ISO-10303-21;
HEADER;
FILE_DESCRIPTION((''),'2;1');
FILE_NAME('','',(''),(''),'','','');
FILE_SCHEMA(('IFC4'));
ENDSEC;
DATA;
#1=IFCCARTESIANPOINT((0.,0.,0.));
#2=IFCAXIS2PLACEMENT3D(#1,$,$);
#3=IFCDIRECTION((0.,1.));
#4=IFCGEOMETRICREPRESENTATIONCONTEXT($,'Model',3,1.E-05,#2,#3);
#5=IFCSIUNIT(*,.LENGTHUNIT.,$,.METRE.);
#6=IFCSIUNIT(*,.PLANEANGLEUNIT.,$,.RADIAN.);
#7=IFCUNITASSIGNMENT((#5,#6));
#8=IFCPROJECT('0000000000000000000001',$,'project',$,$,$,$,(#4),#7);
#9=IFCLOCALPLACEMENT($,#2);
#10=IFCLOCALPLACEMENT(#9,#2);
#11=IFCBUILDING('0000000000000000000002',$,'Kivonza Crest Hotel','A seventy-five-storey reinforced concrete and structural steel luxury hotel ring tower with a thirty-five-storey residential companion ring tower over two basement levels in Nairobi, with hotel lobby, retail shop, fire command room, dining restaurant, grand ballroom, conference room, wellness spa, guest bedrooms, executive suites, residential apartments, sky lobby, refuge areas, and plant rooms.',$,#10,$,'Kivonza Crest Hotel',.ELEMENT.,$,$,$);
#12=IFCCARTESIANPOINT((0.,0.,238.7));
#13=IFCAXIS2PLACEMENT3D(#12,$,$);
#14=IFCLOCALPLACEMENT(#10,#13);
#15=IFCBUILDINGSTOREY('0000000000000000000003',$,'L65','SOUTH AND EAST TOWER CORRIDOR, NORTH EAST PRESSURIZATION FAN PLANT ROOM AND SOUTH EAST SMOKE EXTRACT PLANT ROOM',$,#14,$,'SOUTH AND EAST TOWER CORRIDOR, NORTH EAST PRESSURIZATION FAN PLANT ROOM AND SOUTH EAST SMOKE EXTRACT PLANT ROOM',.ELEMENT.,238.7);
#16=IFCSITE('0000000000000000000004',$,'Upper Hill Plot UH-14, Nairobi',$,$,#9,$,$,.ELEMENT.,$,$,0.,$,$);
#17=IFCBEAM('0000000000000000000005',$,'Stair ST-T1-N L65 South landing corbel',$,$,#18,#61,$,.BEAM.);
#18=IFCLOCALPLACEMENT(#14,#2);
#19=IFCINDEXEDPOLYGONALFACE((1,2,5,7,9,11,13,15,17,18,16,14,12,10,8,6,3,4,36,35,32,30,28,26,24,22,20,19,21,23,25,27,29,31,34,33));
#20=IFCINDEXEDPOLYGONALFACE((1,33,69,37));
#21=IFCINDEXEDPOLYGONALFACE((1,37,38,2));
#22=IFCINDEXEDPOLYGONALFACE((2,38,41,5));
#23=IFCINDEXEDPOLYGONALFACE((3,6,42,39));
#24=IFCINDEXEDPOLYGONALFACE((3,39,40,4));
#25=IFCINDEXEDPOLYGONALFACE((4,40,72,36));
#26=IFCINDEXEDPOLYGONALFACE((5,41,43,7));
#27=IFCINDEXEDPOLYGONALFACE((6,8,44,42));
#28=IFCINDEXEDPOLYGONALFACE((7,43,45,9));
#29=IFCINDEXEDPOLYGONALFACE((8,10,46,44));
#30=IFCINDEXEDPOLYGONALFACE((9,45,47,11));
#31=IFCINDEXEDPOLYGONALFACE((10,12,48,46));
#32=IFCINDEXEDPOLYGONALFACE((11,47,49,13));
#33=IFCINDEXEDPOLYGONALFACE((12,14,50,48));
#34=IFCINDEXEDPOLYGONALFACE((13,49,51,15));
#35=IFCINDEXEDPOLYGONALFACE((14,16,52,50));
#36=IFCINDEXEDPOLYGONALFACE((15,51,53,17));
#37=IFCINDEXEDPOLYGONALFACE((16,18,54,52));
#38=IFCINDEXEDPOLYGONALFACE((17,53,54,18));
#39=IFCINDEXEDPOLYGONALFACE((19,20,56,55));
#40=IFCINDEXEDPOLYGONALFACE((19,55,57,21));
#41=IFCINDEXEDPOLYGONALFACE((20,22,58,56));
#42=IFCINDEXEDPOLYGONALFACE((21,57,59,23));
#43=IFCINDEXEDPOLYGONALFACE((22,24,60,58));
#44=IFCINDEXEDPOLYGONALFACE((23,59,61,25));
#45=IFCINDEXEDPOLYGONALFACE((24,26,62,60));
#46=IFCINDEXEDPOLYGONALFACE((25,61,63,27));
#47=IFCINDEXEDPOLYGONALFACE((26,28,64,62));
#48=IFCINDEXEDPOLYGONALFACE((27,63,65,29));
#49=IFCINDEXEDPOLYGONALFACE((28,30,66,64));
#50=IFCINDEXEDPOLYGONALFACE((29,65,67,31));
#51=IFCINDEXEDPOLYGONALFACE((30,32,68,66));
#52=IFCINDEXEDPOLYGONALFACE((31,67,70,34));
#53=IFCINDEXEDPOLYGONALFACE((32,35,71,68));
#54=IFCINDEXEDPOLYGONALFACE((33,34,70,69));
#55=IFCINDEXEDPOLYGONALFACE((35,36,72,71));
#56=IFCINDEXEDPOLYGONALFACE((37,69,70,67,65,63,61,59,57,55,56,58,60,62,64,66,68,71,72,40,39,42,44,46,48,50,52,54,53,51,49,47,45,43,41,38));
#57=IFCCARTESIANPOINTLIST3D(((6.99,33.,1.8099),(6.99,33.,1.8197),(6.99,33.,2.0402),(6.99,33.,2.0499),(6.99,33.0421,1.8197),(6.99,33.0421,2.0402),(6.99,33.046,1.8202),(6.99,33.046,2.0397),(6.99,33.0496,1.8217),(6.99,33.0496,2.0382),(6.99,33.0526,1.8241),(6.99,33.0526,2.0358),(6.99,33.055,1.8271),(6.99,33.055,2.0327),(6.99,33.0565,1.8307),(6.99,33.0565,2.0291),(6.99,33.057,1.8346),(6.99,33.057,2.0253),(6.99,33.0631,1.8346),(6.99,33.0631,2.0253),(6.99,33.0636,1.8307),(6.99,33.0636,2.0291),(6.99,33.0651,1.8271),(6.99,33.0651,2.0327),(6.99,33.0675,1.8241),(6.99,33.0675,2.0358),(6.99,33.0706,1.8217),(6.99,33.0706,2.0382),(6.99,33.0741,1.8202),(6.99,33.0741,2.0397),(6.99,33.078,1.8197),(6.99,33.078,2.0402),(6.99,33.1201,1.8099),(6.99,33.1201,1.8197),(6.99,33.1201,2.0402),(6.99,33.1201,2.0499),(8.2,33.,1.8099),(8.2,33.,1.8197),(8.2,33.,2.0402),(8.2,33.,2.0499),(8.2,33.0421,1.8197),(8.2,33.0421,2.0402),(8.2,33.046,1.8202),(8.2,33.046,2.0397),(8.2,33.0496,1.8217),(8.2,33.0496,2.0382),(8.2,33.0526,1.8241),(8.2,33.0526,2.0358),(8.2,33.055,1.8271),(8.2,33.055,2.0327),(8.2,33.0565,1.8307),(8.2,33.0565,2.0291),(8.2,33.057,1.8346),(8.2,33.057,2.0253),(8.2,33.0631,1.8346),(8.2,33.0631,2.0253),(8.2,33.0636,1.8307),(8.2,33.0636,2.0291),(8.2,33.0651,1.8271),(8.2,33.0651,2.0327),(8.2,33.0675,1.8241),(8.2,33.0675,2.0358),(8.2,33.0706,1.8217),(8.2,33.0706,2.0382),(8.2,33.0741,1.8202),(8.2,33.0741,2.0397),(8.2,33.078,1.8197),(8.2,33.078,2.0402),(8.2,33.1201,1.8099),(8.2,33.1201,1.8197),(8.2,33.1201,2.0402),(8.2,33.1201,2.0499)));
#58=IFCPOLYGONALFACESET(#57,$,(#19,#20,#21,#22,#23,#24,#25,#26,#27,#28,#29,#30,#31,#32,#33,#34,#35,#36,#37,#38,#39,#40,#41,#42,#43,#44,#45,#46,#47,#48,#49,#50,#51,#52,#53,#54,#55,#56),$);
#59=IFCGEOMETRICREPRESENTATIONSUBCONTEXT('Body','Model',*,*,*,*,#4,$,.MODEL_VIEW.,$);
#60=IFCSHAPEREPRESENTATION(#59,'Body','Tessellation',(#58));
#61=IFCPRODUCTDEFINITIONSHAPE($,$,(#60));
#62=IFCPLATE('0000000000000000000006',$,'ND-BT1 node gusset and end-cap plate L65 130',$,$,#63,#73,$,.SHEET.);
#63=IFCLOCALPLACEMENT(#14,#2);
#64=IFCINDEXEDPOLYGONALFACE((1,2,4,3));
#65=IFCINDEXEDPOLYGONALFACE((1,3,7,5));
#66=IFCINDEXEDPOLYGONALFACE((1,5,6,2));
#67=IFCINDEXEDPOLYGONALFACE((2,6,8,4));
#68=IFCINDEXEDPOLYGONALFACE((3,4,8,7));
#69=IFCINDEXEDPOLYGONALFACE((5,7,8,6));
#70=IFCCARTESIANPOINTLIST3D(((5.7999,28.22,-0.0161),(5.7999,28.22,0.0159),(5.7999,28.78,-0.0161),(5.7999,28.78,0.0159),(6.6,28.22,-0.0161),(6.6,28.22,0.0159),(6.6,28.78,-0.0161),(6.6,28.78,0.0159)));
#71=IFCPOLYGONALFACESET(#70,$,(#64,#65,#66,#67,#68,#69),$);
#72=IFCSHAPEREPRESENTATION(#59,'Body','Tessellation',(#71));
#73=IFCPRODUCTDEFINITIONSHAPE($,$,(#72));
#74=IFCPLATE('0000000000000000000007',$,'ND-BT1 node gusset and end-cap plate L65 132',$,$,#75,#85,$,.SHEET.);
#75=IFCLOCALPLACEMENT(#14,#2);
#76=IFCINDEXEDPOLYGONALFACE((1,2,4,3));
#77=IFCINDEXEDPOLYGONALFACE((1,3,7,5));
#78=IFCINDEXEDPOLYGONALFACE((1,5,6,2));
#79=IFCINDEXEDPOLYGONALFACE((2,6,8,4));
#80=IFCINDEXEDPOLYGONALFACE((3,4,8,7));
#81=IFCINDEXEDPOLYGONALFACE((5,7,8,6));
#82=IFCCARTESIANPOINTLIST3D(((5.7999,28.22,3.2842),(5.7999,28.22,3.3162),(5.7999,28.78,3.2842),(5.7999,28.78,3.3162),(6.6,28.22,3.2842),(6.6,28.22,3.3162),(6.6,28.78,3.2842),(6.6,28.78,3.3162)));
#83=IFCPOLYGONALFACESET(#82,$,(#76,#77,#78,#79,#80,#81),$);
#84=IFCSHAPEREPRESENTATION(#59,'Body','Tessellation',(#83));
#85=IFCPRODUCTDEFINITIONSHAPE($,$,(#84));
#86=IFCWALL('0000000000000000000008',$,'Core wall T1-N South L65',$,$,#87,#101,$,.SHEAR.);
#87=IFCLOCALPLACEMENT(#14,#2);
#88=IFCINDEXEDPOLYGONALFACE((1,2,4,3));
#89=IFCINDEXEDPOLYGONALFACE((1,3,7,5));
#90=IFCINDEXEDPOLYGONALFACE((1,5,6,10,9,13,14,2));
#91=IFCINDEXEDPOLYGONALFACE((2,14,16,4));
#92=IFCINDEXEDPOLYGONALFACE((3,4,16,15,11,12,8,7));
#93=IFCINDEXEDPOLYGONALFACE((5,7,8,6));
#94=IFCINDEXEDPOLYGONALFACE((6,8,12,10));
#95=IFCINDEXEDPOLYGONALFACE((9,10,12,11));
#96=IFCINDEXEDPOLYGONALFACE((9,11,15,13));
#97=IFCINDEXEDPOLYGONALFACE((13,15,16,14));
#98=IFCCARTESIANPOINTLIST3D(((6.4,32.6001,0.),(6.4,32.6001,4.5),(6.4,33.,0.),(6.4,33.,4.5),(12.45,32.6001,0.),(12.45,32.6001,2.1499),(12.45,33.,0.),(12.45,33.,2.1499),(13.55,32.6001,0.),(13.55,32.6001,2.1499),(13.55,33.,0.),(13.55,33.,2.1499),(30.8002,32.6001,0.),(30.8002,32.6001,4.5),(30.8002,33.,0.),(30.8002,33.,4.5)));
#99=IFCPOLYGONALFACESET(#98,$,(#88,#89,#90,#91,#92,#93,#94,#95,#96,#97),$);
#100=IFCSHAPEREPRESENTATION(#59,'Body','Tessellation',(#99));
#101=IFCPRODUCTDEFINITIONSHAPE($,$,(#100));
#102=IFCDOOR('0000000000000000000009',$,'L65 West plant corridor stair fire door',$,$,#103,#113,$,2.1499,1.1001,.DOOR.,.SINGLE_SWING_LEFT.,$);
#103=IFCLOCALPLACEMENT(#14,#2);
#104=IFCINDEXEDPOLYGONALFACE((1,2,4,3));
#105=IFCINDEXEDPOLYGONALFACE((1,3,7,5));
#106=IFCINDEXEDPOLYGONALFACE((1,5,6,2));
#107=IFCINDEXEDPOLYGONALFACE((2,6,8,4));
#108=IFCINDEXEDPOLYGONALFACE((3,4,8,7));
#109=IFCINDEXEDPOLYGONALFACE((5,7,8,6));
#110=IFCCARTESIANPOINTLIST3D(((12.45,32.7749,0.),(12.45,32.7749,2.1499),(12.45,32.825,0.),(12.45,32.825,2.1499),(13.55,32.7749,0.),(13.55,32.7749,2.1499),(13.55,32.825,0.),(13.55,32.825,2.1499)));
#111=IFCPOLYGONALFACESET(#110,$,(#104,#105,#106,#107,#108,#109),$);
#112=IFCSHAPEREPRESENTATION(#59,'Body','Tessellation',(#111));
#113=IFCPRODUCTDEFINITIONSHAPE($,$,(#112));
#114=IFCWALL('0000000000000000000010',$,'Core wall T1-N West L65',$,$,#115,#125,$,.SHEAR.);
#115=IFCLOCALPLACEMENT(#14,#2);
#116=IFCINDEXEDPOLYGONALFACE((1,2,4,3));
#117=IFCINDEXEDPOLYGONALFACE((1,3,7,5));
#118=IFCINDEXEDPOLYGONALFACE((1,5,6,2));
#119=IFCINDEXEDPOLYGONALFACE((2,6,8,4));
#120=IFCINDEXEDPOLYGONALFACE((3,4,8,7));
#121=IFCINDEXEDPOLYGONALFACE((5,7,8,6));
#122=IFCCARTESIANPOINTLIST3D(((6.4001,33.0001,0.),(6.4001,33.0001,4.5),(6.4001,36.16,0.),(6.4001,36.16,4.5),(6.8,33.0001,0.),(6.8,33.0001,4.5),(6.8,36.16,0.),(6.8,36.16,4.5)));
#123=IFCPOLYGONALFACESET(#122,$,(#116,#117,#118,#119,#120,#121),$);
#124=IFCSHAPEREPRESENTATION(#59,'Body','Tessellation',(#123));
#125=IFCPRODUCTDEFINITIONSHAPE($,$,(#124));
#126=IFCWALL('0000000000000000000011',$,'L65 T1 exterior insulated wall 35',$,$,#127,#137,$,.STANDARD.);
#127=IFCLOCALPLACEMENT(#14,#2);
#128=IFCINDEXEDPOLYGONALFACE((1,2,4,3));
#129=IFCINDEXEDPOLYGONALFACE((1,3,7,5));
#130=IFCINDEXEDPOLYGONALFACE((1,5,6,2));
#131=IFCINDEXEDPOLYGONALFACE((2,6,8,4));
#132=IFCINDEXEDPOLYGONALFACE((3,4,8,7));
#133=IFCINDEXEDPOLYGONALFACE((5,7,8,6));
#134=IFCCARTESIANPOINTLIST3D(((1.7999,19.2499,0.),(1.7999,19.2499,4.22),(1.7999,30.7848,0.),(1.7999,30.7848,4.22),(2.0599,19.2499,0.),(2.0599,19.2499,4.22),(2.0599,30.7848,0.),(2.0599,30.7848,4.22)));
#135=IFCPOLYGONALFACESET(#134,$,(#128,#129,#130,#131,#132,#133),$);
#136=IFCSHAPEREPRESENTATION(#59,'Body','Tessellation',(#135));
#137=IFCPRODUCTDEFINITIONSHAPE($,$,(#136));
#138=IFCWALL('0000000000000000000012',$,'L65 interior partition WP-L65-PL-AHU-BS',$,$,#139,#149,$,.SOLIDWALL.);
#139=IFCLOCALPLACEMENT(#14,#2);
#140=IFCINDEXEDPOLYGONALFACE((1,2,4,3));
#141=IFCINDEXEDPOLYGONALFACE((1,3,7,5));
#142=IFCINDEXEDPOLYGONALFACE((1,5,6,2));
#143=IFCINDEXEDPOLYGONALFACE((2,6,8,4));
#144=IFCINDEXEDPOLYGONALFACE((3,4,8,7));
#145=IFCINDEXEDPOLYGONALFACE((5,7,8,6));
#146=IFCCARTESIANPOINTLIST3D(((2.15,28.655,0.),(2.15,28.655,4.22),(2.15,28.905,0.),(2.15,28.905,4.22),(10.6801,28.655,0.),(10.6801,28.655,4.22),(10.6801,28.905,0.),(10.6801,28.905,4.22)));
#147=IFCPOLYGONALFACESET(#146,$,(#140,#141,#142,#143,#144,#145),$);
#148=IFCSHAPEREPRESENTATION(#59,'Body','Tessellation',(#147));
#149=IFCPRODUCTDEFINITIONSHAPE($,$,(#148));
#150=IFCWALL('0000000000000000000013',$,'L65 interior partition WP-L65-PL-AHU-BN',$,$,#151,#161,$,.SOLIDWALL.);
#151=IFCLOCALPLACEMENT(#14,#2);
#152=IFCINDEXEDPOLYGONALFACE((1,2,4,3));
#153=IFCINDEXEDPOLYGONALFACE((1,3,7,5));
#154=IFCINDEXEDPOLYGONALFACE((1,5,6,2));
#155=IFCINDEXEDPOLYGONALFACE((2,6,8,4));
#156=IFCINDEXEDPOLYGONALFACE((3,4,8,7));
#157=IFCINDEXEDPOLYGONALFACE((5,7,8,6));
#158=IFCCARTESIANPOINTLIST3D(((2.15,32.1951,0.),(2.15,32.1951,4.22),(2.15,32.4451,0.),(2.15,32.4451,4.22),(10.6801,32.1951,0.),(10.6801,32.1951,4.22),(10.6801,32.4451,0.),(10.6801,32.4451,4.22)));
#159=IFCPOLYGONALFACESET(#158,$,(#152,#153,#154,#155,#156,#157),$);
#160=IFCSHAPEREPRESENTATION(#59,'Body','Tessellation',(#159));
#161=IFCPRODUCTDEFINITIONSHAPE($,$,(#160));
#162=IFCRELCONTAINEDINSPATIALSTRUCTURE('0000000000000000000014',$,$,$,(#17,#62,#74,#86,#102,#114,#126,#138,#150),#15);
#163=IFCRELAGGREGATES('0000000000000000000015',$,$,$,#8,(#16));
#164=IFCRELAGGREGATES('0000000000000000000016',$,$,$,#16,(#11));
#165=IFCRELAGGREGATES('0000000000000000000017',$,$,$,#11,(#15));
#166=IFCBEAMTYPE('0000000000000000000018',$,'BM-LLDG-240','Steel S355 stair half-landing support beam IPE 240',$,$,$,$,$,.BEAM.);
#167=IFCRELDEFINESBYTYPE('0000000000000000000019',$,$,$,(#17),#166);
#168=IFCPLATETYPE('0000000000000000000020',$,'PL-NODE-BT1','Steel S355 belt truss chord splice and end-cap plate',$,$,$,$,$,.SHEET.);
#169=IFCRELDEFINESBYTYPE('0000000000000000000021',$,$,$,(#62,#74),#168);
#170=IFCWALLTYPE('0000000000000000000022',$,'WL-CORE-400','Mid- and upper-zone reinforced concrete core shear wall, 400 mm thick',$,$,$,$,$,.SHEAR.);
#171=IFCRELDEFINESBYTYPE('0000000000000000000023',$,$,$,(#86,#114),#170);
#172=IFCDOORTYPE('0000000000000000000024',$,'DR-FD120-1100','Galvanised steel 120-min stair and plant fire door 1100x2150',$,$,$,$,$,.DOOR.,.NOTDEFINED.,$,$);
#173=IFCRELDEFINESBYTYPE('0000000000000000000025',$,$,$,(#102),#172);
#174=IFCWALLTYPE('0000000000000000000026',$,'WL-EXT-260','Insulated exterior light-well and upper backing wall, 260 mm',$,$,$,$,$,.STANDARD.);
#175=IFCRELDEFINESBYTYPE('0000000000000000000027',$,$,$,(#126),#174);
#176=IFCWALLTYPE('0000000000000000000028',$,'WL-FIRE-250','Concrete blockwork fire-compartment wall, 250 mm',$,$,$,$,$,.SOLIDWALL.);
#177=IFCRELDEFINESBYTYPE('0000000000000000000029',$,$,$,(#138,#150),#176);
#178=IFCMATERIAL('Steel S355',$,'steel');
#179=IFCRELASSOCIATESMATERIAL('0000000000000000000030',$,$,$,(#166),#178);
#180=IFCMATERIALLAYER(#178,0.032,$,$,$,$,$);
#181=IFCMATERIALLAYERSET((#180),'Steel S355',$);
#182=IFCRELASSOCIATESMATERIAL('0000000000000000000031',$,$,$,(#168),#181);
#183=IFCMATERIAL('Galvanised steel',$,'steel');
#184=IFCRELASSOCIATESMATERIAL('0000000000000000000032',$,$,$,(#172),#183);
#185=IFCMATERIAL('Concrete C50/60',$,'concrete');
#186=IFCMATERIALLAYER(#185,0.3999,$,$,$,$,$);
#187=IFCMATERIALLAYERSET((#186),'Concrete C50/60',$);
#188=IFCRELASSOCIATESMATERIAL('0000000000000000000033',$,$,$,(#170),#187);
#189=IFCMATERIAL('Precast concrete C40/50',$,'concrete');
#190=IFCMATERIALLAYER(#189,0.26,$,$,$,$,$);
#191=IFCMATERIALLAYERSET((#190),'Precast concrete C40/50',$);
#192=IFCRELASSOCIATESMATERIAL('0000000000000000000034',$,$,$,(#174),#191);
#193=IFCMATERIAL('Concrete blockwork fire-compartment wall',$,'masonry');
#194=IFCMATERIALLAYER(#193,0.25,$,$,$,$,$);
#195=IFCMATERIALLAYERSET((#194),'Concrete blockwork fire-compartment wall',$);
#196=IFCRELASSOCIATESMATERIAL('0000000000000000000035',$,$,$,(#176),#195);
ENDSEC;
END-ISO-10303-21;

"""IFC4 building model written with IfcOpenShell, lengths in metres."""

from ifc_helpers import new_model, si_unit, direction, frame, frame_2d, origin, origin_2d, place, context, subcontext, project, spatial, rectangle, i_section, extrude, material, layer, layer_set, material_profile, profile_set, type_object, element, fill, save


model = new_model("IFC4")

# Units and contexts
model_context = context("Model", 3, precision=1e-05, world=origin(), true_north=direction((0.0, 1.0)))
body_context = subcontext(model_context, "Body", "Model", "MODEL_VIEW")
ifc_project = project(units=[si_unit("LENGTHUNIT", "METRE"), si_unit("PLANEANGLEUNIT", "RADIAN")], contexts=[model_context])

# Site, building, storey
site_placement = place(None, origin())
site = spatial("IfcSite", under=ifc_project, at=site_placement, Name="Upper Hill Plot UH-14, Nairobi", CompositionType="ELEMENT", RefElevation=0.0)
building_placement = place(site_placement, origin())
building = spatial("IfcBuilding", under=site, at=building_placement, Name="Kivonza Crest Hotel", Description="A seventy-five-storey reinforced concrete and structural steel luxury hotel ring tower with a thirty-five-storey residential companion ring tower over two basement levels in Nairobi, with hotel lobby, retail shop, fire command room, dining restaurant, grand ballroom, conference room, wellness spa, guest bedrooms, executive suites, residential apartments, sky lobby, refuge areas, and plant rooms.", LongName="Kivonza Crest Hotel", CompositionType="ELEMENT")
storey_placement = place(building_placement, frame((0.0, 0.0, 238.7)))
storey = spatial("IfcBuildingStorey", under=building, at=storey_placement, Name="L65", Description="SOUTH AND EAST TOWER CORRIDOR, NORTH EAST PRESSURIZATION FAN PLANT ROOM AND SOUTH EAST SMOKE EXTRACT PLANT ROOM", LongName="SOUTH AND EAST TOWER CORRIDOR, NORTH EAST PRESSURIZATION FAN PLANT ROOM AND SOUTH EAST SMOKE EXTRACT PLANT ROOM", CompositionType="ELEMENT", Elevation=238.7)

# Shared definitions
ifc_material_1 = material(Name="Concrete C50/60", Category="concrete")

# Beam
ifc_material_2 = material(Name="Steel S355", Category="steel")
ifc_material_profile_1 = material_profile(ifc_material_2, i_section(OverallWidth=0.1201, OverallDepth=0.24, WebThickness=0.0061, FlangeThickness=0.0098, FilletRadius=0.0149, at=origin_2d()), Name="IPE 240")
ifc_profile_set_1 = profile_set([ifc_material_profile_1], Name="Steel S355")
beam_type_1 = type_object("IfcBeamType", Name="BM-LLDG-240", Description="Steel S355 stair half-landing support beam IPE 240", PredefinedType="BEAM", material=ifc_profile_set_1)
beam_1_placement = place(storey_placement, frame((6.99, 33.0601, 1.9299), z_axis=(1.0, 0.0, 0.0), x_axis=(0.0, 1.0, 0.0)))
element("IfcBeam", 1, at=beam_1_placement, inside=storey, type_object=beam_type_1, Name="Stair ST-T1-N L65 South landing corbel", PredefinedType="BEAM", context=body_context, shape_type="SweptSolid", body=[
    extrude(i_section(OverallWidth=0.1201, OverallDepth=0.24, WebThickness=0.0061, FlangeThickness=0.0098, FilletRadius=0.0149, at=origin_2d()), origin(), (0.0, 0.0, 1.0), 1.21),
])

# Plates
ifc_layer_1 = layer(ifc_material_2, 0.032)
ifc_layer_set_1 = layer_set([ifc_layer_1], Name="Steel S355")
plate_type = type_object("IfcPlateType", Name="PL-NODE-BT1", Description="Steel S355 belt truss chord splice and end-cap plate", PredefinedType="SHEET", material=ifc_layer_set_1)
for number, where, z_axis, x_axis, name in (
    (2, (6.2, 28.5, -0.0161), (0.0, 0.0, 1.0), (1.0, 0.0, 0.0), "ND-BT1 node gusset and end-cap plate L65 130"),
    (3, (6.2, 28.5, 3.2842), (0.0, 0.0, 1.0), (1.0, 0.0, 0.0), "ND-BT1 node gusset and end-cap plate L65 132"),
):
    element("IfcPlate", number, at=place(storey_placement, frame(where, z_axis=z_axis, x_axis=x_axis)), inside=storey, type_object=plate_type, Name=name, PredefinedType="SHEET", context=body_context, shape_type="SweptSolid", body=[
        extrude(rectangle(XDim=0.8, YDim=0.5601, at=origin_2d()), origin(), (0.0, 0.0, 1.0), 0.032),
    ])

# Wall, opening, door
ifc_material_3 = material(Name="Galvanised steel", Category="steel")
door_type = type_object("IfcDoorType", Name="DR-FD120-1100", Description="Galvanised steel 120-min stair and plant fire door 1100x2150", OperationType="NOTDEFINED", PredefinedType="DOOR", material=ifc_material_3)
ifc_layer_2 = layer(ifc_material_1, 0.3999)
ifc_layer_set_2 = layer_set([ifc_layer_2], Name="Concrete C50/60")
wall_type_1 = type_object("IfcWallType", Name="WL-CORE-400", Description="Mid- and upper-zone reinforced concrete core shear wall, 400 mm thick", PredefinedType="SHEAR", material=ifc_layer_set_2)
wall_1_placement = place(storey_placement, frame((6.3999, 32.8, 0.0), z_axis=(0.0, 0.0, 1.0), x_axis=(1.0, 0.0, 0.0)))
wall_1 = element("IfcWall", 4, at=wall_1_placement, inside=storey, type_object=wall_type_1, Name="Core wall T1-N South L65", PredefinedType="SHEAR", context=body_context, shape_type="SweptSolid", body=[
    extrude(rectangle(XDim=24.4001, YDim=0.3999, at=frame_2d((12.2002, 0.0))), origin(), (0.0, 0.0, 1.0), 4.5),
])
opening_1_placement = place(wall_1_placement, frame((6.05, 0.0, 0.0)))
opening_1 = element("IfcOpeningElement", 5, at=opening_1_placement, cuts=wall_1, PredefinedType="OPENING", context=body_context, shape_type="SweptSolid", body=[
    extrude(rectangle(XDim=1.1001, YDim=2.1499, at=frame_2d((0.55, 1.075))), frame((0.0, 0.21, 0.0), z_axis=(0.0, -1.0, 0.0), x_axis=(1.0, 0.0, 0.0)), (0.0, 0.0, 1.0), 0.4199),
])
door_1_placement = place(opening_1_placement, origin())
door_1 = element("IfcDoor", 6, at=door_1_placement, inside=storey, type_object=door_type, Name="L65 West plant corridor stair fire door", OperationType="SINGLE_SWING_LEFT", OverallHeight=2.1499, OverallWidth=1.1001, PredefinedType="DOOR", context=body_context, shape_type="SweptSolid", body=[
    extrude(rectangle(XDim=1.1001, YDim=2.1499, at=frame_2d((0.55, 1.075))), frame((0.0, 0.0249, 0.0), z_axis=(0.0, -1.0, 0.0), x_axis=(1.0, 0.0, 0.0)), (0.0, 0.0, 1.0), 0.05),
])
fill(opening_1, door_1)

# Walls
wall_2_placement = place(storey_placement, frame((6.6001, 33.0, 0.0), z_axis=(0.0, 0.0, 1.0), x_axis=(0.0, 1.0, 0.0)))
element("IfcWall", 7, at=wall_2_placement, inside=storey, type_object=wall_type_1, Name="Core wall T1-N West L65", PredefinedType="SHEAR", context=body_context, shape_type="SweptSolid", body=[
    extrude(rectangle(XDim=3.1599, YDim=0.3999, at=frame_2d((1.5801, 0.0))), origin(), (0.0, 0.0, 1.0), 4.5),
])
ifc_material_4 = material(Name="Precast concrete C40/50", Category="concrete")
ifc_layer_3 = layer(ifc_material_4, 0.26)
ifc_layer_set_3 = layer_set([ifc_layer_3], Name="Precast concrete C40/50")
wall_type_2 = type_object("IfcWallType", Name="WL-EXT-260", Description="Insulated exterior light-well and upper backing wall, 260 mm", PredefinedType="STANDARD", material=ifc_layer_set_3)
wall_3_placement = place(storey_placement, frame((1.9299, 30.7849, 0.0), z_axis=(0.0, 0.0, 1.0), x_axis=(0.0, -1.0, 0.0)))
element("IfcWall", 8, at=wall_3_placement, inside=storey, type_object=wall_type_2, Name="L65 T1 exterior insulated wall 35", PredefinedType="STANDARD", context=body_context, shape_type="SweptSolid", body=[
    extrude(rectangle(XDim=11.5349, YDim=0.26, at=frame_2d((5.7676, 0.0))), origin(), (0.0, 0.0, 1.0), 4.22),
])
ifc_material_5 = material(Name="Concrete blockwork fire-compartment wall", Category="masonry")
ifc_layer_4 = layer(ifc_material_5, 0.25)
ifc_layer_set_4 = layer_set([ifc_layer_4], Name="Concrete blockwork fire-compartment wall")
wall_type_3 = type_object("IfcWallType", Name="WL-FIRE-250", Description="Concrete blockwork fire-compartment wall, 250 mm", PredefinedType="SOLIDWALL", material=ifc_layer_set_4)
for number, where, z_axis, x_axis, name in (
    (9, (2.1499, 28.78, 0.0), (0.0, 0.0, 1.0), (1.0, 0.0, 0.0), "L65 interior partition WP-L65-PL-AHU-BS"),
    (10, (2.1499, 32.3201, 0.0), (0.0, 0.0, 1.0), (1.0, 0.0, 0.0), "L65 interior partition WP-L65-PL-AHU-BN"),
):
    element("IfcWall", number, at=place(storey_placement, frame(where, z_axis=z_axis, x_axis=x_axis)), inside=storey, type_object=wall_type_3, Name=name, PredefinedType="SOLIDWALL", context=body_context, shape_type="SweptSolid", body=[
        extrude(rectangle(XDim=8.53, YDim=0.25, at=frame_2d((4.2651, 0.0))), origin(), (0.0, 0.0, 1.0), 4.22),
    ])

save(model, "model.ifc")
